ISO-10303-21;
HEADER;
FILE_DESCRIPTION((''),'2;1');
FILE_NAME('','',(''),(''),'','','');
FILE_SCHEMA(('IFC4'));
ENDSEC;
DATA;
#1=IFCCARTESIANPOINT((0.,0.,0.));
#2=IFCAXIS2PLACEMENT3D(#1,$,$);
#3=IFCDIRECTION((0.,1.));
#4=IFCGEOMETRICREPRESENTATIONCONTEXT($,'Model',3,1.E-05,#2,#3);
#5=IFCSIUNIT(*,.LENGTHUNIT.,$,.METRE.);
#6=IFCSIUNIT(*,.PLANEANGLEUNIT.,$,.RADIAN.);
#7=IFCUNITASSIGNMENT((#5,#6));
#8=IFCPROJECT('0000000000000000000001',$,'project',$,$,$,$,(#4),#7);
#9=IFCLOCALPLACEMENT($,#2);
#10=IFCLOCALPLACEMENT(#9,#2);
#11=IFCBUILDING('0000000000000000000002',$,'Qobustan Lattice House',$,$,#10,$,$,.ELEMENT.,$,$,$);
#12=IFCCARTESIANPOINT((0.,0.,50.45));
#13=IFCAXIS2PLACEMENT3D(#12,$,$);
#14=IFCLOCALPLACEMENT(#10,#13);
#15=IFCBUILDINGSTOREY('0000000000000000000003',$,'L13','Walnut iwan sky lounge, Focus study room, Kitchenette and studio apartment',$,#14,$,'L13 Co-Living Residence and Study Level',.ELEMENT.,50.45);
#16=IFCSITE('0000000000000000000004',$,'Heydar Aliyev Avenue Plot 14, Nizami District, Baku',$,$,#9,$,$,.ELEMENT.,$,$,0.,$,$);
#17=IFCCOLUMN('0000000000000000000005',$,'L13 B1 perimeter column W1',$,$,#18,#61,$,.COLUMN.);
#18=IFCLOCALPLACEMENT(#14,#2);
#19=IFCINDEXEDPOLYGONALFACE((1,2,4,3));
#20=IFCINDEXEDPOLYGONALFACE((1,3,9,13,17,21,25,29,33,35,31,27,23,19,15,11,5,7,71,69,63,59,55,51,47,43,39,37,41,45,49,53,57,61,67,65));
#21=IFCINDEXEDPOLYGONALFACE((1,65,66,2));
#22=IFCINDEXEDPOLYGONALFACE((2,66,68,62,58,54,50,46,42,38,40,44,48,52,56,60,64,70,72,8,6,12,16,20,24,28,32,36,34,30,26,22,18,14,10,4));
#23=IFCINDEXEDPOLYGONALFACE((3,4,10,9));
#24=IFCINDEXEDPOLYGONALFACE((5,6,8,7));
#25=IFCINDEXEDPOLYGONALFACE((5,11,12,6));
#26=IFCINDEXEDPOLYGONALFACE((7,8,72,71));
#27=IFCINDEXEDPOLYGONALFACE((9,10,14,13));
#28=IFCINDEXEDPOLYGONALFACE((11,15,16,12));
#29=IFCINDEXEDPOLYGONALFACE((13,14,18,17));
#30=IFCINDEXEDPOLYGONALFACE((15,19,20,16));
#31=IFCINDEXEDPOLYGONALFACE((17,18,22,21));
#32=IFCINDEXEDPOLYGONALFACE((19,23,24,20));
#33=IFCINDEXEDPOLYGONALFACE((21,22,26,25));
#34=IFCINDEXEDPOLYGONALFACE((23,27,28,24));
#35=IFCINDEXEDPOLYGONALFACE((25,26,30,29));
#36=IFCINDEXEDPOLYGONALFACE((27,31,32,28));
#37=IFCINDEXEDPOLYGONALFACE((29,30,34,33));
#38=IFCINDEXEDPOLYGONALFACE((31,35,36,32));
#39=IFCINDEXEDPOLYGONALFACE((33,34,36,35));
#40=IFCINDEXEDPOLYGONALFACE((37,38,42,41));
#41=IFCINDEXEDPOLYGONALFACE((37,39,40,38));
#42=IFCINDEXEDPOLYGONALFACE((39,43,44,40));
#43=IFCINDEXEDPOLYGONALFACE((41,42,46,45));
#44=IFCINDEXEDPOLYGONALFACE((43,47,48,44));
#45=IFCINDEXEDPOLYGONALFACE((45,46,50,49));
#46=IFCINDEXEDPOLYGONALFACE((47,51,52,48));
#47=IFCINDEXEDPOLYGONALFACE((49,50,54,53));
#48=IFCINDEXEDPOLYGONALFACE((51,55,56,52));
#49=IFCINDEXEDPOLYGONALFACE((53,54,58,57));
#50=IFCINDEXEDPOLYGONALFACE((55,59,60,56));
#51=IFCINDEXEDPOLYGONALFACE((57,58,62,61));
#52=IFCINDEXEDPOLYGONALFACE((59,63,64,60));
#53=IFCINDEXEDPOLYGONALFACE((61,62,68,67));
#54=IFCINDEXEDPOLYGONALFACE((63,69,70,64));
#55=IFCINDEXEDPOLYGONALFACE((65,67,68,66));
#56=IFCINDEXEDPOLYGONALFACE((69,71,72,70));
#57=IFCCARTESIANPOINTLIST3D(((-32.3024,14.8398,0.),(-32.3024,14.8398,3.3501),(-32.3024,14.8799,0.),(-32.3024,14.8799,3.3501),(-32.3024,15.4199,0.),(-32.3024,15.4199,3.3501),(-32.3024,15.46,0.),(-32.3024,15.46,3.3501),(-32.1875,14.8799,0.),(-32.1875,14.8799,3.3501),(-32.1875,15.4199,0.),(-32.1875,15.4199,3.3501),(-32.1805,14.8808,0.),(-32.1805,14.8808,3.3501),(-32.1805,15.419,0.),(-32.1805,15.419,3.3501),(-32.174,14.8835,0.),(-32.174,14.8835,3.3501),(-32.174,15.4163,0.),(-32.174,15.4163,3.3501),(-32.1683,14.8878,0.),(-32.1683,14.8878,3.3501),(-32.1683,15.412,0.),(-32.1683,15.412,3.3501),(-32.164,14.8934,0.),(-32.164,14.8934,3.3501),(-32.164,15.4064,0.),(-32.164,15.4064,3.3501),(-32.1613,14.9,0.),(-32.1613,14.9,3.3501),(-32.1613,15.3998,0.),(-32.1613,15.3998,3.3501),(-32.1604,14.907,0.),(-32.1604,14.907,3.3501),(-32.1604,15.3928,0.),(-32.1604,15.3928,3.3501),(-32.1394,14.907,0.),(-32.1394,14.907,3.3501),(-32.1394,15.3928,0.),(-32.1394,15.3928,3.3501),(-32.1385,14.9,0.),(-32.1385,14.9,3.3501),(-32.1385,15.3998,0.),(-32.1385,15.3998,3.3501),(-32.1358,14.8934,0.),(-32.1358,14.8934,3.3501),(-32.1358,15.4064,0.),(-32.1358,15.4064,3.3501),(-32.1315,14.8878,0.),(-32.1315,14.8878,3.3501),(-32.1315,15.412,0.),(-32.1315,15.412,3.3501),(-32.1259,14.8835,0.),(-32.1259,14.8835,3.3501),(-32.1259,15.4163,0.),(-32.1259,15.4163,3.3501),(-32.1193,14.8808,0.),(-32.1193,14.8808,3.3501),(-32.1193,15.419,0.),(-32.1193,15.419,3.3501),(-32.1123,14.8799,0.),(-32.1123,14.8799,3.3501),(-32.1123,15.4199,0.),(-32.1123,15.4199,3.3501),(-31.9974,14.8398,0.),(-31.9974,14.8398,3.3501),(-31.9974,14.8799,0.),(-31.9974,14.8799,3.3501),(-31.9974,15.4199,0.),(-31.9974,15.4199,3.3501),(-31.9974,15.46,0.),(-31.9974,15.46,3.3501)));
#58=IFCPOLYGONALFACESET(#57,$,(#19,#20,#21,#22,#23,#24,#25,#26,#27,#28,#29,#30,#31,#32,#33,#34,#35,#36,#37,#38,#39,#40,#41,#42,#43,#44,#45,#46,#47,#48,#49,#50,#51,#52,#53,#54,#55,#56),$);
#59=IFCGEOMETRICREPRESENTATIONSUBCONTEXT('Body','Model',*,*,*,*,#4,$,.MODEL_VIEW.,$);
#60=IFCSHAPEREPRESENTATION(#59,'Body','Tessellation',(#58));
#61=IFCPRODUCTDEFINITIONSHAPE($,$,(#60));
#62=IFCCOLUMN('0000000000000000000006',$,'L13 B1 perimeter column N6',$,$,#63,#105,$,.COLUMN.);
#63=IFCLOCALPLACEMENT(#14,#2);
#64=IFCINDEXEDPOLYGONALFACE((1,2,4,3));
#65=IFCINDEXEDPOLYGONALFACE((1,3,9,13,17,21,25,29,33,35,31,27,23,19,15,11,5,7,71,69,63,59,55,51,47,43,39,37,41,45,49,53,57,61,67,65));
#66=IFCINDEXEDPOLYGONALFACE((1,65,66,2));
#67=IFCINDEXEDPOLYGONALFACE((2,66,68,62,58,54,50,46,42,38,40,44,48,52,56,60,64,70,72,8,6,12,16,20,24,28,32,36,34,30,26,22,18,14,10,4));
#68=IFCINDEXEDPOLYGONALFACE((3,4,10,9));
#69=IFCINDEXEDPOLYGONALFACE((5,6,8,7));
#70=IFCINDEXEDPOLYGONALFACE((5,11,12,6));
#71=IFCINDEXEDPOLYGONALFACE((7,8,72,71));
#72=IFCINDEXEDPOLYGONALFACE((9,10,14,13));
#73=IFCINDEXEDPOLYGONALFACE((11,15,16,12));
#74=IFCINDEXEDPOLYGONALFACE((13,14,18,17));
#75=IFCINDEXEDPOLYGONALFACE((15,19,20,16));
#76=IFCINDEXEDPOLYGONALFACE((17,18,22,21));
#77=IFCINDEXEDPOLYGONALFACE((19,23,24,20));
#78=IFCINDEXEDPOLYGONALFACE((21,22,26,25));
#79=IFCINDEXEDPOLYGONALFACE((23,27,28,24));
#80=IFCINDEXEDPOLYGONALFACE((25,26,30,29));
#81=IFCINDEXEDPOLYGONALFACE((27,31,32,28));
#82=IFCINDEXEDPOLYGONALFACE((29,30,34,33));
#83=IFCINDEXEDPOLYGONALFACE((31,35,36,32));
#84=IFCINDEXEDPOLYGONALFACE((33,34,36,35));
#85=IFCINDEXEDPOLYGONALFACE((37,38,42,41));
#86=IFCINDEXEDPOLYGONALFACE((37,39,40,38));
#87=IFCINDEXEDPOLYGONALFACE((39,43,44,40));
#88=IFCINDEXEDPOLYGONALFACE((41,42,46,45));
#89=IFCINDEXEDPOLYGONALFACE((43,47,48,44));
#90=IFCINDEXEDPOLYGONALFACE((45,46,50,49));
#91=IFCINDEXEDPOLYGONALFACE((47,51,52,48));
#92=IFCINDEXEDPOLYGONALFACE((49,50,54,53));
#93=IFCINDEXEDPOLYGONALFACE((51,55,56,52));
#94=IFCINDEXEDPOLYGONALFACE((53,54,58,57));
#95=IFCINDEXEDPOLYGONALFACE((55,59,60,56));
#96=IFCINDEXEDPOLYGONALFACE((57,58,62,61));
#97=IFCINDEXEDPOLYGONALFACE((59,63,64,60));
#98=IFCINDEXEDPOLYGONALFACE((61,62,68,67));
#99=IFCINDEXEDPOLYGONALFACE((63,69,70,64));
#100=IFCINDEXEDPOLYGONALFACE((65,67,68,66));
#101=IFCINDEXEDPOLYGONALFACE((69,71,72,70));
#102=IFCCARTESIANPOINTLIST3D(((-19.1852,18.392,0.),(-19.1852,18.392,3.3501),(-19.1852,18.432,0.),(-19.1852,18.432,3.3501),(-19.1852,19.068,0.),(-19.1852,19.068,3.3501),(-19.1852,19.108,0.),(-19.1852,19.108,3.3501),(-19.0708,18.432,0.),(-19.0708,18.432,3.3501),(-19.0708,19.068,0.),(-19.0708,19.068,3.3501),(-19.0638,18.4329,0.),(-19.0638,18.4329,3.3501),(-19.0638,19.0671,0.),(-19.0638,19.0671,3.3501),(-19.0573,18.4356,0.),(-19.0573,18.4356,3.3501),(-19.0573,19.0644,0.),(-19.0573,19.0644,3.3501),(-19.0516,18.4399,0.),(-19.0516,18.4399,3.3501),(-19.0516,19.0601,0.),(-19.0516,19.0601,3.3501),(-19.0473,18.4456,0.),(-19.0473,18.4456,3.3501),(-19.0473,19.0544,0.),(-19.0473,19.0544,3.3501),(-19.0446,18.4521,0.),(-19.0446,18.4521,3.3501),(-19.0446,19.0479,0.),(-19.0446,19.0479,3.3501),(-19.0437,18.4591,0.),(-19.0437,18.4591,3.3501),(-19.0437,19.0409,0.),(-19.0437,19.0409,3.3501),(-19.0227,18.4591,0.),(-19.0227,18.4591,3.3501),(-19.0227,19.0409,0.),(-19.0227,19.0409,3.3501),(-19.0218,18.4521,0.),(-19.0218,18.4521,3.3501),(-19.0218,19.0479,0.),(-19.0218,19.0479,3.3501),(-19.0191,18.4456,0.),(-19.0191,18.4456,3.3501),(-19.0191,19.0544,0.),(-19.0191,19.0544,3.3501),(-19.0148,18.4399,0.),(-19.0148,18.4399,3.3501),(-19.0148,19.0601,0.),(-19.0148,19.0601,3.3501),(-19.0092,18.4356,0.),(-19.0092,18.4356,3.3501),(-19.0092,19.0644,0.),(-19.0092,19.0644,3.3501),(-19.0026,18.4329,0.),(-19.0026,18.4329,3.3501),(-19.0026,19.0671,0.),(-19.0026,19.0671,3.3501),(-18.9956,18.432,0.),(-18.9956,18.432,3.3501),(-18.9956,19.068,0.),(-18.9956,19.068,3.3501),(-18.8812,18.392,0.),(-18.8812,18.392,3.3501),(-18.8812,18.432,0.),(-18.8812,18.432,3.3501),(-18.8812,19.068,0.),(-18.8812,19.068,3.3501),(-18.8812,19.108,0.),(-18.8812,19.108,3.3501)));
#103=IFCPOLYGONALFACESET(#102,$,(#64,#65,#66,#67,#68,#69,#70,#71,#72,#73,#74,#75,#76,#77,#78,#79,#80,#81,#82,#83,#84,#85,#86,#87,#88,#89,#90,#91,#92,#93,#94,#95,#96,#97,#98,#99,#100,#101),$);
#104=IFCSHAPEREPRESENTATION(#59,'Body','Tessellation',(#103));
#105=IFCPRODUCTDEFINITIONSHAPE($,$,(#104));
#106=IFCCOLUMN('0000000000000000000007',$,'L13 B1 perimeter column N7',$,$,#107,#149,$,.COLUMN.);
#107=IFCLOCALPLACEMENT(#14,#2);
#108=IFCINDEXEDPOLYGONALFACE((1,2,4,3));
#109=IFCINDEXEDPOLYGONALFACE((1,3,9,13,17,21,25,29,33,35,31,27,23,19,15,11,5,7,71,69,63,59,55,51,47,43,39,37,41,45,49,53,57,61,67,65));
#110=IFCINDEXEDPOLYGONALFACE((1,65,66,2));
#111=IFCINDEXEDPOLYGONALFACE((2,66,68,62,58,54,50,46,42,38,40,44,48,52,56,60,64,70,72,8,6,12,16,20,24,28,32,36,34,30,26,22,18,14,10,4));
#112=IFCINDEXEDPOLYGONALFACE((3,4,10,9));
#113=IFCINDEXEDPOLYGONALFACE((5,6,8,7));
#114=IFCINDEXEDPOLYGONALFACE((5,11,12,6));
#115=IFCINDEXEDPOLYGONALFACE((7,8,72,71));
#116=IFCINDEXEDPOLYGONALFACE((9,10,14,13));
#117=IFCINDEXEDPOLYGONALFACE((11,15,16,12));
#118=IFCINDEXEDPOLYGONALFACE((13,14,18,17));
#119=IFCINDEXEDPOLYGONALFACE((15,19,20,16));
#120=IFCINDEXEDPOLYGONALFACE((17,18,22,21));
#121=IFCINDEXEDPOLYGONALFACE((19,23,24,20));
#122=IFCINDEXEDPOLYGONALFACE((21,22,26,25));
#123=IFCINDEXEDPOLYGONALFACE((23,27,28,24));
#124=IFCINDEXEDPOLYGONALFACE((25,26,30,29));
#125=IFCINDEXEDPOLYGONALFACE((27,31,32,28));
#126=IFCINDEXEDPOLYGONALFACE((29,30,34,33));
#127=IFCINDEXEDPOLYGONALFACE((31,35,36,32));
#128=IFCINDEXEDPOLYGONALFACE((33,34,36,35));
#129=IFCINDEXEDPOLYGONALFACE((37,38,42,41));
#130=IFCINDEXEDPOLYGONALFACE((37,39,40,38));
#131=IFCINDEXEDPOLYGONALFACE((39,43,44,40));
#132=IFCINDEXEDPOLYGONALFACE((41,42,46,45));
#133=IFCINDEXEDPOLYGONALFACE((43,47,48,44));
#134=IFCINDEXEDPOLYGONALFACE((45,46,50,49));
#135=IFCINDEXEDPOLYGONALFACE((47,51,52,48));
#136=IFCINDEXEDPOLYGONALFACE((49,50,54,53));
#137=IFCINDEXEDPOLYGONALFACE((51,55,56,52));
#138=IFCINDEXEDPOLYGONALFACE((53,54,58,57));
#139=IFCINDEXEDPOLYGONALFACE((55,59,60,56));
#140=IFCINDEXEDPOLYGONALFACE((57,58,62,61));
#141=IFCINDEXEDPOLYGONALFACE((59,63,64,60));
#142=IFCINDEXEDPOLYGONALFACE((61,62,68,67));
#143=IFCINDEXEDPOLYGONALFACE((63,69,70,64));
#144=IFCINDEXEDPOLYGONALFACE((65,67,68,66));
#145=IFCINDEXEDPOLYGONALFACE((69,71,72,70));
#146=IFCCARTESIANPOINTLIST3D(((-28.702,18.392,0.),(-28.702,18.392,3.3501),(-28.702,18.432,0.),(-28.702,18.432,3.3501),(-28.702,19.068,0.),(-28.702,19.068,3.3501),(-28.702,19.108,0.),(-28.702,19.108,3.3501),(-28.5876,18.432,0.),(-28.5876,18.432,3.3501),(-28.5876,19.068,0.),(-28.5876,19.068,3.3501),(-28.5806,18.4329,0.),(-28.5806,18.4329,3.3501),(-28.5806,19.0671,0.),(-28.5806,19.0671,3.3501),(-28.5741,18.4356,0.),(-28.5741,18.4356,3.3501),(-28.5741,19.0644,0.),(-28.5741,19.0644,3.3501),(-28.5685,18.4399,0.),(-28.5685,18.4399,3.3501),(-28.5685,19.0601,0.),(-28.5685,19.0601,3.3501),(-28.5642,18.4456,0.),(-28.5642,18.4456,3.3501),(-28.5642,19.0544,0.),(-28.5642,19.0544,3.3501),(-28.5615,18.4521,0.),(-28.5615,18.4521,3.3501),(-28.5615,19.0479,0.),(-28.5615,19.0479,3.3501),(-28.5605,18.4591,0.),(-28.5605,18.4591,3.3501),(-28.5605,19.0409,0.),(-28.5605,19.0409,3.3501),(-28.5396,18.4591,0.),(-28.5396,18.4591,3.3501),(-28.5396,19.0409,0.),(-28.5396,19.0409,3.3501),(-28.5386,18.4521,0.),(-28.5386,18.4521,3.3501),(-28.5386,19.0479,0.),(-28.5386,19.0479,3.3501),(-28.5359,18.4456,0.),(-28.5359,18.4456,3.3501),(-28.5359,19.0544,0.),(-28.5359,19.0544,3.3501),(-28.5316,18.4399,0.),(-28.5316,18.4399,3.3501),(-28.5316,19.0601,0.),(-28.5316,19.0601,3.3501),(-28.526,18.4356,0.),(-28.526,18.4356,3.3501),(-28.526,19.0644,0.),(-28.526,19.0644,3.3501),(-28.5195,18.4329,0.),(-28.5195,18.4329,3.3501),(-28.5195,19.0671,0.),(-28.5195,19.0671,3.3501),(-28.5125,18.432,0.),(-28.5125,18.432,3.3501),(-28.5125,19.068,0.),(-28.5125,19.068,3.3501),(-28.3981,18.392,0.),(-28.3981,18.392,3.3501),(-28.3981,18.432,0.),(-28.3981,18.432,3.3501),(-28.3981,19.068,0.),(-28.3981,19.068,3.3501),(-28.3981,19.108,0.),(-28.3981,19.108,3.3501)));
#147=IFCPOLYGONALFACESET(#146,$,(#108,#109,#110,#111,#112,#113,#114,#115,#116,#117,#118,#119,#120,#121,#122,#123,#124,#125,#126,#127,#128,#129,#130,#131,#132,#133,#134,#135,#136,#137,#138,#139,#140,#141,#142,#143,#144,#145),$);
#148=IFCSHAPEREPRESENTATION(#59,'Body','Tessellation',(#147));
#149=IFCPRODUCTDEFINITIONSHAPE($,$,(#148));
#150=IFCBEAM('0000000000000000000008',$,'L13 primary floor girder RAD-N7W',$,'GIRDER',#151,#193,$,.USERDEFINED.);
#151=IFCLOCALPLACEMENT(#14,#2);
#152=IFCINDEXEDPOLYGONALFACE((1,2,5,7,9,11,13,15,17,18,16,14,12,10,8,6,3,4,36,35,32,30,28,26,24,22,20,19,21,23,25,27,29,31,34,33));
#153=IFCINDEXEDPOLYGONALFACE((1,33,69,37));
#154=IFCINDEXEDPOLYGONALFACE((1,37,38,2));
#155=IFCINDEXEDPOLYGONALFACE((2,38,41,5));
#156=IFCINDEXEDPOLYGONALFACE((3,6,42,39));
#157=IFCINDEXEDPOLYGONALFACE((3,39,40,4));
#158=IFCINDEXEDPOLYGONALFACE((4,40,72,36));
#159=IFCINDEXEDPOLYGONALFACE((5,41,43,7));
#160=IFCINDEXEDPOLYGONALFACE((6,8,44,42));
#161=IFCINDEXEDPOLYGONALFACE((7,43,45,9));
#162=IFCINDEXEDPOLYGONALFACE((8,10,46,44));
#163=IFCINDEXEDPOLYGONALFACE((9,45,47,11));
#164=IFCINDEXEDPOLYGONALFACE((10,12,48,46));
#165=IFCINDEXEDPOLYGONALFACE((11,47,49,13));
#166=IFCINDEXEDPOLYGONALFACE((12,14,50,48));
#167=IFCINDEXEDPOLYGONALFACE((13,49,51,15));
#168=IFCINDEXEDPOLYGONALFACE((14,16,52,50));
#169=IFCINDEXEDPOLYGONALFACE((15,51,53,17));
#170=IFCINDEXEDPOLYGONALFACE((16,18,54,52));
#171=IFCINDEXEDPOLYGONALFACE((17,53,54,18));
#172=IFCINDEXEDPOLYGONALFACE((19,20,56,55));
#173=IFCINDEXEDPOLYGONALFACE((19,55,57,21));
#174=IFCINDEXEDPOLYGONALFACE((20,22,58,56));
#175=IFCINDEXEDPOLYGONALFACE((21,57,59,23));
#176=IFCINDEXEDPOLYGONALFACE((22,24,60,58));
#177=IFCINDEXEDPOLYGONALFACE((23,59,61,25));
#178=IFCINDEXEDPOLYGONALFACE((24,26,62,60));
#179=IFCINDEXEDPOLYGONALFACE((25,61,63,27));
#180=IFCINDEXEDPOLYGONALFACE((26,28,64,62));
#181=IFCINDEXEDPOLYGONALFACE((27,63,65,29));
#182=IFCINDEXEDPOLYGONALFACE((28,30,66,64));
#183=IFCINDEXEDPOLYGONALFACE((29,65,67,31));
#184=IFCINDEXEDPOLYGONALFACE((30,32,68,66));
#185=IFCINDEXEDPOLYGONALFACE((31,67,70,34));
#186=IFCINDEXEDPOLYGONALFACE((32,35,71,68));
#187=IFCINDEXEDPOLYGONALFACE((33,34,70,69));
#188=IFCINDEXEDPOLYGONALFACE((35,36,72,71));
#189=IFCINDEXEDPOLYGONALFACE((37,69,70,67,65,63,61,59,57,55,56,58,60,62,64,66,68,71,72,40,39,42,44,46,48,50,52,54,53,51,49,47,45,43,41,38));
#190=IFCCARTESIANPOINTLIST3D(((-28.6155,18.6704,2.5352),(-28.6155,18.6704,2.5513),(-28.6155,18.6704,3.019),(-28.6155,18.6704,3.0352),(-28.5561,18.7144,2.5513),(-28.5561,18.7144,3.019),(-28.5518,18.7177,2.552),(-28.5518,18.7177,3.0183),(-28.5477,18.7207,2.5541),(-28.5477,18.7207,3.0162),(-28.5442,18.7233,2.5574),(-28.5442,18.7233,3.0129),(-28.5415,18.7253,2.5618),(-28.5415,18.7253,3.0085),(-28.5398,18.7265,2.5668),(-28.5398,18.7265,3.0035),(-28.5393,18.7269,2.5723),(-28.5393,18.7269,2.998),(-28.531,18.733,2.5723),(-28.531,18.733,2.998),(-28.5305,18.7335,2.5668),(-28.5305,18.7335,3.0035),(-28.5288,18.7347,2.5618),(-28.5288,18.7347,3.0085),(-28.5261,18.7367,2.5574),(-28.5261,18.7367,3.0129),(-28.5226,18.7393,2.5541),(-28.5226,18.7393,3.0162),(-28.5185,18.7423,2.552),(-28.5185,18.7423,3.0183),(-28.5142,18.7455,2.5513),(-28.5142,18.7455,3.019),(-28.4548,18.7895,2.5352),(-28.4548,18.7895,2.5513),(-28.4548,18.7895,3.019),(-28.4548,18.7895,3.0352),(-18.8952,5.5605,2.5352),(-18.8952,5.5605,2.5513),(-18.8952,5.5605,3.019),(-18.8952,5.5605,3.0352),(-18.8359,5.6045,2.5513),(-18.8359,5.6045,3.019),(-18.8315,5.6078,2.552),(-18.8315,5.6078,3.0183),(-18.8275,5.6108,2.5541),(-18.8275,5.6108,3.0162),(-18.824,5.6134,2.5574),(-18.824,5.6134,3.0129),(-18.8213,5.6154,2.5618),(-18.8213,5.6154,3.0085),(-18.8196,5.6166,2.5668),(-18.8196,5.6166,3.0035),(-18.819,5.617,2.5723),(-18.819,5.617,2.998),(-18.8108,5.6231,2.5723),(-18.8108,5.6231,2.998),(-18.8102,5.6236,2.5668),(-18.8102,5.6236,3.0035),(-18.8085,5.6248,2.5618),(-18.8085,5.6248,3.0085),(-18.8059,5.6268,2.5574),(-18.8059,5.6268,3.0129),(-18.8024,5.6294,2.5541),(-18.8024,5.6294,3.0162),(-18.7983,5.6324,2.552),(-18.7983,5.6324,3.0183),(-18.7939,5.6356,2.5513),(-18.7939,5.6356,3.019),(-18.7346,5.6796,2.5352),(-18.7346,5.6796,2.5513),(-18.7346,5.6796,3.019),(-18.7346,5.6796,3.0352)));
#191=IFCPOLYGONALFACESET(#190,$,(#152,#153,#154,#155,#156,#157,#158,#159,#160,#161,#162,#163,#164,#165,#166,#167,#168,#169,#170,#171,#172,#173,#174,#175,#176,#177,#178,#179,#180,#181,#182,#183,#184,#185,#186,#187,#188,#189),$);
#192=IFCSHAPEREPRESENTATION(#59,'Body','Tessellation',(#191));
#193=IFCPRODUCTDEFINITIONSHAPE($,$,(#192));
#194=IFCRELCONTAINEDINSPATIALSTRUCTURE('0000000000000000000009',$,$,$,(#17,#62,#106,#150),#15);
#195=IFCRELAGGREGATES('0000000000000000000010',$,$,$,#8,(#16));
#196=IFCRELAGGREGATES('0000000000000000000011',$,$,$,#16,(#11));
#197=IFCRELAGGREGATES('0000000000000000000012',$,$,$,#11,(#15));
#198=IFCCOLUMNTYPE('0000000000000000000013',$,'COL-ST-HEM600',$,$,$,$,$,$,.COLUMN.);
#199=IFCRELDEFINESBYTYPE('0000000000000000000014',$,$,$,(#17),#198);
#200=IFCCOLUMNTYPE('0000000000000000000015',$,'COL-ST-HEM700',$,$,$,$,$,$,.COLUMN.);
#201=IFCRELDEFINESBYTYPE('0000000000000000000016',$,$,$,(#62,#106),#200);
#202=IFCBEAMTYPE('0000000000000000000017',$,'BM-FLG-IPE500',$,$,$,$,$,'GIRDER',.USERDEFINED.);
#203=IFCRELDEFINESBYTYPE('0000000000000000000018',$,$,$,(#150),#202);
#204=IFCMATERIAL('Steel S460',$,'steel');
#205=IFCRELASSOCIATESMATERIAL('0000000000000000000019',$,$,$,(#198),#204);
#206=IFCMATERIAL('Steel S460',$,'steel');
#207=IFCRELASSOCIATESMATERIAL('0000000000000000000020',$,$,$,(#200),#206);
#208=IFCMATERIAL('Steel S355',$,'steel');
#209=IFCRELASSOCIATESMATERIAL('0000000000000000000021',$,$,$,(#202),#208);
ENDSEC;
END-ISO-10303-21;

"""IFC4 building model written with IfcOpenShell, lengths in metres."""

from ifc_helpers import new_model, si_unit, direction, frame, origin, origin_2d, place, context, subcontext, project, spatial, i_section, extrude, material, material_profile, profile_set, type_object, element, save


model = new_model("IFC4")

# Units and contexts
model_context = context("Model", 3, precision=1e-05, world=origin(), true_north=direction((0.0, 1.0)))
body_context = subcontext(model_context, "Body", "Model", "MODEL_VIEW")
ifc_project = project(units=[si_unit("LENGTHUNIT", "METRE"), si_unit("PLANEANGLEUNIT", "RADIAN")], contexts=[model_context])

# Site, building, storey
site_placement = place(None, origin())
site = spatial("IfcSite", under=ifc_project, at=site_placement, Name="Heydar Aliyev Avenue Plot 14, Nizami District, Baku", CompositionType="ELEMENT", RefElevation=0.0)
building_placement = place(site_placement, origin())
building = spatial("IfcBuilding", under=site, at=building_placement, Name="Qobustan Lattice House", CompositionType="ELEMENT")
storey_placement = place(building_placement, frame((0.0, 0.0, 50.45)))
storey = spatial("IfcBuildingStorey", under=building, at=storey_placement, Name="L13", Description="Walnut iwan sky lounge, Focus study room, Kitchenette and studio apartment", LongName="L13 Co-Living Residence and Study Level", CompositionType="ELEMENT", Elevation=50.45)

# Columns
ifc_material_1 = material(Name="Steel S460", Category="steel")
ifc_material_profile_1 = material_profile(ifc_material_1, i_section(OverallWidth=0.3049, OverallDepth=0.6201, WebThickness=0.021, FlangeThickness=0.04, FilletRadius=0.0271, at=origin_2d()), Name="HEM600")
ifc_profile_set_1 = profile_set([ifc_material_profile_1], Name="Steel S460")
column_type_1 = type_object("IfcColumnType", Name="COL-ST-HEM600", PredefinedType="COLUMN", material=ifc_profile_set_1)
column_placement = place(storey_placement, frame((-32.1499, 15.1499, 0.0), z_axis=(0.0, 0.0, 1.0), x_axis=(1.0, 0.0, 0.0)))
element("IfcColumn", 1, at=column_placement, inside=storey, type_object=column_type_1, Name="L13 B1 perimeter column W1", PredefinedType="COLUMN", context=body_context, shape_type="SweptSolid", body=[
    extrude(i_section(OverallWidth=0.3049, OverallDepth=0.6201, WebThickness=0.021, FlangeThickness=0.04, FilletRadius=0.0271, at=origin_2d()), origin(), (0.0, 0.0, 1.0), 3.3501),
])
ifc_material_2 = material(Name="Steel S460", Category="steel")
ifc_material_profile_2 = material_profile(ifc_material_2, i_section(OverallWidth=0.304, OverallDepth=0.7161, WebThickness=0.021, FlangeThickness=0.04, FilletRadius=0.0271, at=origin_2d()), Name="HEM700")
ifc_profile_set_2 = profile_set([ifc_material_profile_2], Name="Steel S460")
column_type_2 = type_object("IfcColumnType", Name="COL-ST-HEM700", PredefinedType="COLUMN", material=ifc_profile_set_2)
for number, where, z_axis, x_axis, name in (
    (2, (-19.0332, 18.75, 0.0), (0.0, 0.0, 1.0), (1.0, 0.0, 0.0), "L13 B1 perimeter column N6"),
    (3, (-28.55, 18.75, 0.0), (0.0, 0.0, 1.0), (1.0, 0.0, 0.0), "L13 B1 perimeter column N7"),
):
    element("IfcColumn", number, at=place(storey_placement, frame(where, z_axis=z_axis, x_axis=x_axis)), inside=storey, type_object=column_type_2, Name=name, PredefinedType="COLUMN", context=body_context, shape_type="SweptSolid", body=[
        extrude(i_section(OverallWidth=0.304, OverallDepth=0.7161, WebThickness=0.021, FlangeThickness=0.04, FilletRadius=0.0271, at=origin_2d()), origin(), (0.0, 0.0, 1.0), 3.3501),
    ])

# Beam
ifc_material_3 = material(Name="Steel S355", Category="steel")
ifc_material_profile_3 = material_profile(ifc_material_3, i_section(OverallWidth=0.2, OverallDepth=0.5, WebThickness=0.0103, FlangeThickness=0.0161, FilletRadius=0.021, at=origin_2d()), Name="IPE500")
ifc_profile_set_3 = profile_set([ifc_material_profile_3], Name="Steel S355")
beam_type_1 = type_object("IfcBeamType", Name="BM-FLG-IPE500", ElementType="GIRDER", PredefinedType="USERDEFINED", material=ifc_profile_set_3)
beam_1_placement = place(storey_placement, frame((-28.5352, 18.73, 2.7852), z_axis=(0.595592, -0.803287, 0.0), x_axis=(0.803287, 0.595592, 0.0)))
element("IfcBeam", 4, at=beam_1_placement, inside=storey, type_object=beam_type_1, Name="L13 primary floor girder RAD-N7W", ObjectType="GIRDER", PredefinedType="USERDEFINED", context=body_context, shape_type="SweptSolid", body=[
    extrude(i_section(OverallWidth=0.2, OverallDepth=0.5, WebThickness=0.0103, FlangeThickness=0.0161, FilletRadius=0.021, at=origin_2d()), origin(), (0.0, 0.0, 1.0), 16.3203),
])

save(model, "model.ifc")
